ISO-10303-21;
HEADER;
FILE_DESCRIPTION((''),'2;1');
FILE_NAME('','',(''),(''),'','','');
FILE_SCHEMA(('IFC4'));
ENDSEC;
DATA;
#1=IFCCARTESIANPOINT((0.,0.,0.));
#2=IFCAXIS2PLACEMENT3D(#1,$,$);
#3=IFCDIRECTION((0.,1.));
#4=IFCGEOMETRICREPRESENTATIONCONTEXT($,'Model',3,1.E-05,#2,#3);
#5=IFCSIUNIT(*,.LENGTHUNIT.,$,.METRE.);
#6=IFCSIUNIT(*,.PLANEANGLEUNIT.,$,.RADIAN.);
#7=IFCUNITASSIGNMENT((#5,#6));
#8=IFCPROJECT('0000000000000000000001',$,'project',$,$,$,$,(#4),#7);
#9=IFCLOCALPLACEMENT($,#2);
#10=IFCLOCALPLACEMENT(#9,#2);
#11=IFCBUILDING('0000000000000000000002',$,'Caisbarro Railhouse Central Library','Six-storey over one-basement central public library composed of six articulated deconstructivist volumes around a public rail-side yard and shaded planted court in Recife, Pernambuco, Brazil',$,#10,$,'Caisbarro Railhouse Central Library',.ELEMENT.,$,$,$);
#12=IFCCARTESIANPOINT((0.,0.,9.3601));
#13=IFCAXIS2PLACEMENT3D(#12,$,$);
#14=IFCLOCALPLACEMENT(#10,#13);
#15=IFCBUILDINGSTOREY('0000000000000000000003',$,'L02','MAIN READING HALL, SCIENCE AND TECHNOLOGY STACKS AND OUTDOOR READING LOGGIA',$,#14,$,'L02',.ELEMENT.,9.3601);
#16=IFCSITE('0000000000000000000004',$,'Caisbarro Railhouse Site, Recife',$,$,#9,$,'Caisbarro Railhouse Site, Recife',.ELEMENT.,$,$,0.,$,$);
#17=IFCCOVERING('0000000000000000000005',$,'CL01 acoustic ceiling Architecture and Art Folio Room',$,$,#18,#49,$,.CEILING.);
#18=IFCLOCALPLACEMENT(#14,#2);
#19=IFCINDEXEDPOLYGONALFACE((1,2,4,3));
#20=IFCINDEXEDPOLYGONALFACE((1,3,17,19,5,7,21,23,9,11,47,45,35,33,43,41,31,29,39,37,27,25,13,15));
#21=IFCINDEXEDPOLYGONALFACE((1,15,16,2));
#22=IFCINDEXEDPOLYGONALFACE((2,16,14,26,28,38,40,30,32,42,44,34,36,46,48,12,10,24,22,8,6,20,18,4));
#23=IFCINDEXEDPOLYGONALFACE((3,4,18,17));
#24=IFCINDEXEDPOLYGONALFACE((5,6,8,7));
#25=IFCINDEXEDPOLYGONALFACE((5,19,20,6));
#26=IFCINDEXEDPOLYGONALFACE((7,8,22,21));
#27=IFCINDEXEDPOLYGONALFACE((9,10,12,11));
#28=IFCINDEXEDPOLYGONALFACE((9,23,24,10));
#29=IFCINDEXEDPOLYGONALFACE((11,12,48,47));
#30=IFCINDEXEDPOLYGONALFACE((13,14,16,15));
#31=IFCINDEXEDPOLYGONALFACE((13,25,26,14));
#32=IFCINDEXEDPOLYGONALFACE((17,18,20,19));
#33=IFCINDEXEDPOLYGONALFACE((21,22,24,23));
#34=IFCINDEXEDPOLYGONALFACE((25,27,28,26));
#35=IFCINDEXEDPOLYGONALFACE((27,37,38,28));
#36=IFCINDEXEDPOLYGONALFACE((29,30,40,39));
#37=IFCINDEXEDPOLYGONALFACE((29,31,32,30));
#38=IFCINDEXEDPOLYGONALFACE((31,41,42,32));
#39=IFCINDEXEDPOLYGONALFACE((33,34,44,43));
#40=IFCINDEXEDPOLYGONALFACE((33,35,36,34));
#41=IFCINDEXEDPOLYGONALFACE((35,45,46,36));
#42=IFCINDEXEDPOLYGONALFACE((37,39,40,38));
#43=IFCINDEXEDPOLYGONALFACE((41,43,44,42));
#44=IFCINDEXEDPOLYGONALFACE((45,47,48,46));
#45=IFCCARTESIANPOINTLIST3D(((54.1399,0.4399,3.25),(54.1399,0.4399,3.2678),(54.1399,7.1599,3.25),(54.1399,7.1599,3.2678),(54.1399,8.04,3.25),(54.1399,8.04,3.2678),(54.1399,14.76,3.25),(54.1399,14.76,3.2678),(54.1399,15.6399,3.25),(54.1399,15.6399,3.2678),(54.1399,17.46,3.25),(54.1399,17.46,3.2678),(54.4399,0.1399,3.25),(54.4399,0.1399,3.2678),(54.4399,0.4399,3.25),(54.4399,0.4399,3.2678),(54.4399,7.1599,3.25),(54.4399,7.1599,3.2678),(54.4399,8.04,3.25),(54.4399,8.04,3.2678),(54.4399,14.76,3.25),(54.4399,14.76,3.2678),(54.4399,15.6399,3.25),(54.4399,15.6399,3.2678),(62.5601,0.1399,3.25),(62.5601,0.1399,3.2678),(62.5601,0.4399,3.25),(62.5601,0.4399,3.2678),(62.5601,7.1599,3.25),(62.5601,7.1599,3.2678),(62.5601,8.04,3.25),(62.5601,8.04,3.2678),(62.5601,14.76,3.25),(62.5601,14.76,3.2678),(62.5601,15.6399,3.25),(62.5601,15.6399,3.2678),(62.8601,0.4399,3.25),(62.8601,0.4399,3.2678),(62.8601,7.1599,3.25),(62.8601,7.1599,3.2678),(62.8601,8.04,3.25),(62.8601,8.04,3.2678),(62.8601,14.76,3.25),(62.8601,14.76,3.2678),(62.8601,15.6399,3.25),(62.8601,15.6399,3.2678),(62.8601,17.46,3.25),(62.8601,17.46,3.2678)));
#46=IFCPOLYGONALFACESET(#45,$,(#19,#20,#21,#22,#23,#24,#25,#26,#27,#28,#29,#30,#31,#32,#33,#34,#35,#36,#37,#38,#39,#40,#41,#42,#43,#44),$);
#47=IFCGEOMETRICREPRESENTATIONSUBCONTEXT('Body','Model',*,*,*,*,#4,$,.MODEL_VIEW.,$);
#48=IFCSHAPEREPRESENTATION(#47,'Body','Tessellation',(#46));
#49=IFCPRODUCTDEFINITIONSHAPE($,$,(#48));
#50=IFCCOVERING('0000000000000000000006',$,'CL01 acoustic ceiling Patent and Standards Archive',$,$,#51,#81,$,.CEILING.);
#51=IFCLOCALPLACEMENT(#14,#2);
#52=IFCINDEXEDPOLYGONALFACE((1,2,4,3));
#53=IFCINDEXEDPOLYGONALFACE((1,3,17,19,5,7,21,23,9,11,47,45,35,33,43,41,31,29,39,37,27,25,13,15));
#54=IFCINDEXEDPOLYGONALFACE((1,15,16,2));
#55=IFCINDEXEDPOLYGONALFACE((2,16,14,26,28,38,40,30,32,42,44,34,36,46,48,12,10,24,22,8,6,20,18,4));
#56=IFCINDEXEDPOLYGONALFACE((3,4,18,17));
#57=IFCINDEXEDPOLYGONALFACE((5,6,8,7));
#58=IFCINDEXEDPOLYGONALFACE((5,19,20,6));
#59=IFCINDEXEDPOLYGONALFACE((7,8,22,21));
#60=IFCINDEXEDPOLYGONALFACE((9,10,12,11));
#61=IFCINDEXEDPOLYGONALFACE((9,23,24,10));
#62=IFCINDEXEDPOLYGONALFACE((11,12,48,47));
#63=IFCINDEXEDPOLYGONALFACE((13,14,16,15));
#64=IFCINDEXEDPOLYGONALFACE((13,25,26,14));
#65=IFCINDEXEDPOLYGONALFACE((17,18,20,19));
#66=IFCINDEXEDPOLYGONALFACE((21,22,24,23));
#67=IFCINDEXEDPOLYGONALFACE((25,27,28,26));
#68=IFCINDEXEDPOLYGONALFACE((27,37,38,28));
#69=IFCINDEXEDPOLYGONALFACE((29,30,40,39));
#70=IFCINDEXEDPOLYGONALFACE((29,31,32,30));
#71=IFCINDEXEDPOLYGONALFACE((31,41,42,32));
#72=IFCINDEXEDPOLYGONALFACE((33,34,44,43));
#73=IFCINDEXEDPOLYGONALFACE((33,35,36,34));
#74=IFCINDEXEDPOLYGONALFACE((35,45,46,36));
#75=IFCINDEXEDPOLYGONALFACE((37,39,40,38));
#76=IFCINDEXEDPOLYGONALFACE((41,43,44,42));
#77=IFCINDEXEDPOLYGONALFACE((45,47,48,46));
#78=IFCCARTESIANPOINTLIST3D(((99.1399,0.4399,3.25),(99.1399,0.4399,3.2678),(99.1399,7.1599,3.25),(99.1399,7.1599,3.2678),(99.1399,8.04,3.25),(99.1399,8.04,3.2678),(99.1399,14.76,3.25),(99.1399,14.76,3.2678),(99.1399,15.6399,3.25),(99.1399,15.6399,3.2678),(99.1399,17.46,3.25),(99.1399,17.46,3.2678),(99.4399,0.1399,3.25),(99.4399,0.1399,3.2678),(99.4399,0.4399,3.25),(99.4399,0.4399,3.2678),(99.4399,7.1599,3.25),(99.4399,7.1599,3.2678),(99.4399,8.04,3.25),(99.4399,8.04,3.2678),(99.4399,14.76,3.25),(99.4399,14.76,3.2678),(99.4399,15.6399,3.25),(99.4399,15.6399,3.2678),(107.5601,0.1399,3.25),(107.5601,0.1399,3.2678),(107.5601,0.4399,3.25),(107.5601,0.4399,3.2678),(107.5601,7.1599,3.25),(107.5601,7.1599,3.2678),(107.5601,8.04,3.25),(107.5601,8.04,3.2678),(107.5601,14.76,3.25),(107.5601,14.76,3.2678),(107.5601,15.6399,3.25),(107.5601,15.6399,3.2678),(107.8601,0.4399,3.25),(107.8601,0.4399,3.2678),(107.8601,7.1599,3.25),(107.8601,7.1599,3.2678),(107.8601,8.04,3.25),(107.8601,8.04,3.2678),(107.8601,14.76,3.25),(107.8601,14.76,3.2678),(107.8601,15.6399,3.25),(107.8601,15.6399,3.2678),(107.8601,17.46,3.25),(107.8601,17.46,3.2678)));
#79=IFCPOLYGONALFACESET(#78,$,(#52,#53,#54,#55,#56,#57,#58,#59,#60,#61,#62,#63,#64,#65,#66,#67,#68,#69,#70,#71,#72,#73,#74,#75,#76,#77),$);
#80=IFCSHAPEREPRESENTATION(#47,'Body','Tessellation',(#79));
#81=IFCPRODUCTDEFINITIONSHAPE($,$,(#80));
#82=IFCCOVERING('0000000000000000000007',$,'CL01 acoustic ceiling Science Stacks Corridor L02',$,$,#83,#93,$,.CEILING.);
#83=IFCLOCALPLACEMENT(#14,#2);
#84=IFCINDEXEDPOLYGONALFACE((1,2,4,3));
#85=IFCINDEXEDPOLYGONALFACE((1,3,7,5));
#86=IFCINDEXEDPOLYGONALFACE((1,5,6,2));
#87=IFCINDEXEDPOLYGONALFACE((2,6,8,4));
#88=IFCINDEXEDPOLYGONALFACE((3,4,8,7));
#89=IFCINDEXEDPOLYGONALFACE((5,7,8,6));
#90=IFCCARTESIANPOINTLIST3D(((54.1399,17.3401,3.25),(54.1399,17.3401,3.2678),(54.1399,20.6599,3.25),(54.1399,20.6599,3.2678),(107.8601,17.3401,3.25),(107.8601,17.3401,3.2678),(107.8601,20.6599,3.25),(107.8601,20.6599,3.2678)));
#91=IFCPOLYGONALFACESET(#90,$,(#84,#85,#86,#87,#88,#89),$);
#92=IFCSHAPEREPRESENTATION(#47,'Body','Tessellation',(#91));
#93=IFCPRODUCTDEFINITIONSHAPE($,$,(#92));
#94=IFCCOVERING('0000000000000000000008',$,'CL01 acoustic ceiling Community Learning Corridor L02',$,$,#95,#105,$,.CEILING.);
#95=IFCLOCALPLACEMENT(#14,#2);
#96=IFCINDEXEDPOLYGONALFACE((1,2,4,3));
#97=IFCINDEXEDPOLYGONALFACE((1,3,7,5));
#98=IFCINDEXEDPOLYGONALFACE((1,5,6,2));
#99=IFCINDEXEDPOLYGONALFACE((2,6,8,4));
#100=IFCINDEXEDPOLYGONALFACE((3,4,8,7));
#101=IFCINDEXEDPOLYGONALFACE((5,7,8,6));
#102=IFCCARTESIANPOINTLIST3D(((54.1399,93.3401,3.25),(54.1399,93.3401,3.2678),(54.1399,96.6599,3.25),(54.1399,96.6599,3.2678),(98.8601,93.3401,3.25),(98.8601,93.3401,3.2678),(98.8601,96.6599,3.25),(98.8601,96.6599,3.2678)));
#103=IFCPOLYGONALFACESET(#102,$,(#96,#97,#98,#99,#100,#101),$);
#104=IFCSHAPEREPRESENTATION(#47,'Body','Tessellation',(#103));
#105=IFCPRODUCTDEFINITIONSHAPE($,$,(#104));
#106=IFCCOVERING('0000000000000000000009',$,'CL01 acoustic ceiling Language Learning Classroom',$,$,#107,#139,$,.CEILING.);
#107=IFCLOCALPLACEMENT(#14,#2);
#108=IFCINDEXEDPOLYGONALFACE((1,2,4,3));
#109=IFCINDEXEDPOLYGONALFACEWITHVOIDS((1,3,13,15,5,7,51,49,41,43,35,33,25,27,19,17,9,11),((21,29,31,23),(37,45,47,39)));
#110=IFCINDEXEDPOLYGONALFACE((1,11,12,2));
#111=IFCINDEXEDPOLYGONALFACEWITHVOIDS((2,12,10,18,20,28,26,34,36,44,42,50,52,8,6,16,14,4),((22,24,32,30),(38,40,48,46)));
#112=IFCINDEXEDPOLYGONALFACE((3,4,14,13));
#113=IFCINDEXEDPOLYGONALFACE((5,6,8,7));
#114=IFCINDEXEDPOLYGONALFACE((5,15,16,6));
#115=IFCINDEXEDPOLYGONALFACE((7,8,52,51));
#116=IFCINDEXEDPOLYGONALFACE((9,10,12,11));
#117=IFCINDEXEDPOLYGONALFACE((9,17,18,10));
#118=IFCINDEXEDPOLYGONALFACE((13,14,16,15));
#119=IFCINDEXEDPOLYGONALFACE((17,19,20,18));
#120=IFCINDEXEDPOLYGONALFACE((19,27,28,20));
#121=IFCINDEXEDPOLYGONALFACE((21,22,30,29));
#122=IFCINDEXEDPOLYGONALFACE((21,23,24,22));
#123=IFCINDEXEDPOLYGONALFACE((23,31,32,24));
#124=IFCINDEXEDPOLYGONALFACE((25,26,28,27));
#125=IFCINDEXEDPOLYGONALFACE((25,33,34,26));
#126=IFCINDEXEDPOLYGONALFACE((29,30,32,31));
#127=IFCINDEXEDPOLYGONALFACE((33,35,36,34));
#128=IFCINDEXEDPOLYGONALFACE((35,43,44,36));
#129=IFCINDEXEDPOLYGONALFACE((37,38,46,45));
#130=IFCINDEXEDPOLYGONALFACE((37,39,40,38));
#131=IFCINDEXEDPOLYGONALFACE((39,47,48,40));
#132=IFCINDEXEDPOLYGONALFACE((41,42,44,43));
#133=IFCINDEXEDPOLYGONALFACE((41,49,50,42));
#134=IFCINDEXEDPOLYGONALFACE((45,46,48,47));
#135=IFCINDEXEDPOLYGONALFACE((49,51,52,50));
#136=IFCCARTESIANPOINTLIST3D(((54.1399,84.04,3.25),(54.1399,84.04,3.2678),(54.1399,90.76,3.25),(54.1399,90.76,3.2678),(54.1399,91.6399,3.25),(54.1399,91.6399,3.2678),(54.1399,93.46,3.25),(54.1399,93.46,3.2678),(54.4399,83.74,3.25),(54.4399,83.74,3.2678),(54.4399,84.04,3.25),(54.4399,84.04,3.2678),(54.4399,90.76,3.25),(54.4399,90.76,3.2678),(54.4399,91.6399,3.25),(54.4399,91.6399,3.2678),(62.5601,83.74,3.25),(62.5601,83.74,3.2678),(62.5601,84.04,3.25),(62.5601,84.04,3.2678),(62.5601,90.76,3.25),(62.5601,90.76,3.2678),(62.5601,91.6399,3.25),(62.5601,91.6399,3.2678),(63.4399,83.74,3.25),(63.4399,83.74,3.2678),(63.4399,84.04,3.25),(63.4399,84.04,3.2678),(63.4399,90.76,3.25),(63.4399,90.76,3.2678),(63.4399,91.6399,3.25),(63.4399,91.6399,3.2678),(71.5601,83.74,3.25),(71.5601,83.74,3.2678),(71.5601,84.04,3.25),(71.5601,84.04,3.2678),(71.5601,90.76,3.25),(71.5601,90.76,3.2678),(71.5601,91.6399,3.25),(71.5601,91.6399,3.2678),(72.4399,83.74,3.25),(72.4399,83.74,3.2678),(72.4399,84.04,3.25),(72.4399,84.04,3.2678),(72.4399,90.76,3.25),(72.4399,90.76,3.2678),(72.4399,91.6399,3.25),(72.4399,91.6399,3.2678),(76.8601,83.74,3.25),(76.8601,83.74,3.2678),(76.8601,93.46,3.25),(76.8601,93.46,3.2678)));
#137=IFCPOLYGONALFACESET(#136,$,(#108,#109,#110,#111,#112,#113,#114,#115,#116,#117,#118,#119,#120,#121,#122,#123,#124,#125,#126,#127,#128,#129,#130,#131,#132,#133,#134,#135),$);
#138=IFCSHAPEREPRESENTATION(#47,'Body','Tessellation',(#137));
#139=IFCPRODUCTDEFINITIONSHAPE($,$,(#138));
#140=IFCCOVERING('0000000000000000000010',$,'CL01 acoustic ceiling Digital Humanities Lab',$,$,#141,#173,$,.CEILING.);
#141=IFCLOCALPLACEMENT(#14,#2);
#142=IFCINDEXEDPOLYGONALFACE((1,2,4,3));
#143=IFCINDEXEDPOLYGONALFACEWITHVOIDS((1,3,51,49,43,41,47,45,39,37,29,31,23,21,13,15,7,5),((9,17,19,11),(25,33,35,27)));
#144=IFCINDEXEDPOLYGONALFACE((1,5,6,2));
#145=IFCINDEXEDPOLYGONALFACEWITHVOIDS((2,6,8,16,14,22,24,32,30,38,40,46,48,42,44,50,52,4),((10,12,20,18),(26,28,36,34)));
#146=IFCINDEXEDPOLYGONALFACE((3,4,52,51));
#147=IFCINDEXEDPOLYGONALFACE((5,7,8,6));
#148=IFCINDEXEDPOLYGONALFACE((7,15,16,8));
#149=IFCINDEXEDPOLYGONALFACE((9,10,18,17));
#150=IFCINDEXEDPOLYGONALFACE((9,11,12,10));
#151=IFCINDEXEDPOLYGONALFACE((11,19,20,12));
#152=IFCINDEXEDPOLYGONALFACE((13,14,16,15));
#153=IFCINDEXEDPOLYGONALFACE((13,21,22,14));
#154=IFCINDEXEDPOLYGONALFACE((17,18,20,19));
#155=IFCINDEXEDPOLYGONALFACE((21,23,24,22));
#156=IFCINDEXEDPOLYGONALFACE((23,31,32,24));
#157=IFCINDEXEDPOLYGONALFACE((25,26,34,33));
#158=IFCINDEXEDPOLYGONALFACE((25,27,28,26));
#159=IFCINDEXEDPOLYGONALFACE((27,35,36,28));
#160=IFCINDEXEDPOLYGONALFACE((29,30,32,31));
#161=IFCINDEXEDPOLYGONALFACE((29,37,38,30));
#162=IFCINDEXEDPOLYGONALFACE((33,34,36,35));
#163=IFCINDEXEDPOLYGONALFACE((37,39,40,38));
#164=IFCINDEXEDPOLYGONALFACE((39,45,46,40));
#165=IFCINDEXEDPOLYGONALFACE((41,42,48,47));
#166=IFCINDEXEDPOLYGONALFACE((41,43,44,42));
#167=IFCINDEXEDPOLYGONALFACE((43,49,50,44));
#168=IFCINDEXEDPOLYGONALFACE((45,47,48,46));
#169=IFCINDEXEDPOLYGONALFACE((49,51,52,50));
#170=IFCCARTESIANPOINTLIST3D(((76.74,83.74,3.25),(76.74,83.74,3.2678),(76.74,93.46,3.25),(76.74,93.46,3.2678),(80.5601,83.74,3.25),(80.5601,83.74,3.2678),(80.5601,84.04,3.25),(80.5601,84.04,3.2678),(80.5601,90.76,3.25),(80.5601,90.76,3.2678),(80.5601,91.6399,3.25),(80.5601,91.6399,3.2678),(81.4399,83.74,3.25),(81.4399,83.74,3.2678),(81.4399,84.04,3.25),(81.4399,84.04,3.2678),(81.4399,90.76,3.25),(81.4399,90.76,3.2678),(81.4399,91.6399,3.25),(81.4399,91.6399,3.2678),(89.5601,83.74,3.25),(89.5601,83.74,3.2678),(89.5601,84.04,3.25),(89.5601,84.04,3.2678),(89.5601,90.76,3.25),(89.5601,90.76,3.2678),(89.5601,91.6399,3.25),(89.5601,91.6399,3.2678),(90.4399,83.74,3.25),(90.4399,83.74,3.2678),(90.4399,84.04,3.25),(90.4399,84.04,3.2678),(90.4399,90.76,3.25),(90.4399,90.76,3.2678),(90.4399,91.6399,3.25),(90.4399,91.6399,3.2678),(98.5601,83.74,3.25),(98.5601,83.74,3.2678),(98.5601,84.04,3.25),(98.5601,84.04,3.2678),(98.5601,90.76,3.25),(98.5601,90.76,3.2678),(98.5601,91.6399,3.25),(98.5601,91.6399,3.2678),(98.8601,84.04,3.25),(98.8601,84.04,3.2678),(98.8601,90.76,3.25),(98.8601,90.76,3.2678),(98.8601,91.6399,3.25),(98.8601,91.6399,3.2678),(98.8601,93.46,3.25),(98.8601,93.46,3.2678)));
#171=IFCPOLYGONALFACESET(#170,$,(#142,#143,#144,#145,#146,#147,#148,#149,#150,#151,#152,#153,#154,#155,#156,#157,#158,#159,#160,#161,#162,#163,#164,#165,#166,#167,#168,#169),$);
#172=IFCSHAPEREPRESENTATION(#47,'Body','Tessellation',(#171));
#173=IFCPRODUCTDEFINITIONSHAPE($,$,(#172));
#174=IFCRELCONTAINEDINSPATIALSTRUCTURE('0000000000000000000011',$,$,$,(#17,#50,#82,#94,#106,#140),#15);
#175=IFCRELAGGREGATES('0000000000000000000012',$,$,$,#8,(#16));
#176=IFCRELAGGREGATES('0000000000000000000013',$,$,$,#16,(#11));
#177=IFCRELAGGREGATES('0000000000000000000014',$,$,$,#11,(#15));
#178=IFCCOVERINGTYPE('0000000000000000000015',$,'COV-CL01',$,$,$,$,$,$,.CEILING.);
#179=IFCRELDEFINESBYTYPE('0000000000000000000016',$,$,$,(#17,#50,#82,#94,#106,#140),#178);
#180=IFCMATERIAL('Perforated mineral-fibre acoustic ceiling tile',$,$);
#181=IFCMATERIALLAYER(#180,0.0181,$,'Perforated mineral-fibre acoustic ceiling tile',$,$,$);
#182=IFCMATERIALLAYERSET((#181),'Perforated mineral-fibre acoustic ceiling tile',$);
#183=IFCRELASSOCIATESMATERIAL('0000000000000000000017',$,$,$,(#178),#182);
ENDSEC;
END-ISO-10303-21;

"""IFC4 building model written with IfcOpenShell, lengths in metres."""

from ifc_helpers import new_model, si_unit, direction, frame, origin, place, context, subcontext, project, spatial, polyline, outline, extrude, material, layer, layer_set, type_object, element, save


model = new_model("IFC4")

# Units and contexts
model_context = context("Model", 3, precision=1e-05, world=origin(), true_north=direction((0.0, 1.0)))
body_context = subcontext(model_context, "Body", "Model", "MODEL_VIEW")
ifc_project = project(units=[si_unit("LENGTHUNIT", "METRE"), si_unit("PLANEANGLEUNIT", "RADIAN")], contexts=[model_context])

# Site, building, storey
site_placement = place(None, origin())
site = spatial("IfcSite", under=ifc_project, at=site_placement, Name="Caisbarro Railhouse Site, Recife", LongName="Caisbarro Railhouse Site, Recife", CompositionType="ELEMENT", RefElevation=0.0)
building_placement = place(site_placement, origin())
building = spatial("IfcBuilding", under=site, at=building_placement, Name="Caisbarro Railhouse Central Library", Description="Six-storey over one-basement central public library composed of six articulated deconstructivist volumes around a public rail-side yard and shaded planted court in Recife, Pernambuco, Brazil", LongName="Caisbarro Railhouse Central Library", CompositionType="ELEMENT")
storey_placement = place(building_placement, frame((0.0, 0.0, 9.3601)))
storey = spatial("IfcBuildingStorey", under=building, at=storey_placement, Name="L02", Description="MAIN READING HALL, SCIENCE AND TECHNOLOGY STACKS AND OUTDOOR READING LOGGIA", LongName="L02", CompositionType="ELEMENT", Elevation=9.3601)

# Coverings
ifc_material_1 = material(Name="Perforated mineral-fibre acoustic ceiling tile")
ifc_layer_1 = layer(ifc_material_1, 0.0181, Name="Perforated mineral-fibre acoustic ceiling tile")
ifc_layer_set_1 = layer_set([ifc_layer_1], Name="Perforated mineral-fibre acoustic ceiling tile")
covering_type_1 = type_object("IfcCoveringType", Name="COV-CL01", PredefinedType="CEILING", material=ifc_layer_set_1)
covering_1_placement = place(storey_placement, frame((0.0, 0.0, 3.25)))
element("IfcCovering", 1, at=covering_1_placement, inside=storey, type_object=covering_type_1, Name="CL01 acoustic ceiling Architecture and Art Folio Room", PredefinedType="CEILING", context=body_context, shape_type="SweptSolid", body=[
    extrude(outline(polyline([(54.1399, 0.4399), (54.1399, 7.1599), (54.4399, 7.1599), (54.4399, 8.04), (54.1399, 8.04), (54.1399, 14.76), (54.4399, 14.76), (54.4399, 15.6399), (54.1399, 15.6399), (54.1399, 17.46), (62.8601, 17.46), (62.8601, 15.6399), (62.5601, 15.6399), (62.5601, 14.76), (62.8601, 14.76), (62.8601, 8.04), (62.5601, 8.04), (62.5601, 7.1599), (62.8601, 7.1599), (62.8601, 0.4399), (62.5601, 0.4399), (62.5601, 0.1399), (54.4399, 0.1399), (54.4399, 0.4399), (54.1399, 0.4399)])), origin(), (0.0, 0.0, 1.0), 0.0178),
])
covering_2_placement = place(storey_placement, frame((0.0, 0.0, 3.25)))
element("IfcCovering", 2, at=covering_2_placement, inside=storey, type_object=covering_type_1, Name="CL01 acoustic ceiling Patent and Standards Archive", PredefinedType="CEILING", context=body_context, shape_type="SweptSolid", body=[
    extrude(outline(polyline([(99.1399, 0.4399), (99.1399, 7.1599), (99.4399, 7.1599), (99.4399, 8.04), (99.1399, 8.04), (99.1399, 14.76), (99.4399, 14.76), (99.4399, 15.6399), (99.1399, 15.6399), (99.1399, 17.46), (107.8601, 17.46), (107.8601, 15.6399), (107.5601, 15.6399), (107.5601, 14.76), (107.8601, 14.76), (107.8601, 8.04), (107.5601, 8.04), (107.5601, 7.1599), (107.8601, 7.1599), (107.8601, 0.4399), (107.5601, 0.4399), (107.5601, 0.1399), (99.4399, 0.1399), (99.4399, 0.4399), (99.1399, 0.4399)])), origin(), (0.0, 0.0, 1.0), 0.0178),
])
covering_3_placement = place(storey_placement, frame((0.0, 0.0, 3.25)))
element("IfcCovering", 3, at=covering_3_placement, inside=storey, type_object=covering_type_1, Name="CL01 acoustic ceiling Science Stacks Corridor L02", PredefinedType="CEILING", context=body_context, shape_type="SweptSolid", body=[
    extrude(outline(polyline([(54.1399, 17.3401), (54.1399, 20.6599), (107.8601, 20.6599), (107.8601, 17.3401), (54.1399, 17.3401)])), origin(), (0.0, 0.0, 1.0), 0.0178),
])
covering_4_placement = place(storey_placement, frame((0.0, 0.0, 3.25)))
element("IfcCovering", 4, at=covering_4_placement, inside=storey, type_object=covering_type_1, Name="CL01 acoustic ceiling Community Learning Corridor L02", PredefinedType="CEILING", context=body_context, shape_type="SweptSolid", body=[
    extrude(outline(polyline([(54.1399, 93.3401), (54.1399, 96.6599), (98.8601, 96.6599), (98.8601, 93.3401), (54.1399, 93.3401)])), origin(), (0.0, 0.0, 1.0), 0.0178),
])
covering_5_placement = place(storey_placement, frame((0.0, 0.0, 3.25)))
element("IfcCovering", 5, at=covering_5_placement, inside=storey, type_object=covering_type_1, Name="CL01 acoustic ceiling Language Learning Classroom", PredefinedType="CEILING", context=body_context, shape_type="SweptSolid", body=[
    extrude(outline(polyline([(62.5601, 84.04), (62.5601, 83.74), (54.4399, 83.74), (54.4399, 84.04), (54.1399, 84.04), (54.1399, 90.76), (54.4399, 90.76), (54.4399, 91.6399), (54.1399, 91.6399), (54.1399, 93.46), (76.8601, 93.46), (76.8601, 83.74), (72.4399, 83.74), (72.4399, 84.04), (71.5601, 84.04), (71.5601, 83.74), (63.4399, 83.74), (63.4399, 84.04), (62.5601, 84.04)]), holes=[polyline([(62.5601, 90.76), (63.4399, 90.76), (63.4399, 91.6399), (62.5601, 91.6399), (62.5601, 90.76)]), polyline([(72.4399, 91.6399), (71.5601, 91.6399), (71.5601, 90.76), (72.4399, 90.76), (72.4399, 91.6399)])]), origin(), (0.0, 0.0, 1.0), 0.0178),
])
covering_6_placement = place(storey_placement, frame((0.0, 0.0, 3.25)))
element("IfcCovering", 6, at=covering_6_placement, inside=storey, type_object=covering_type_1, Name="CL01 acoustic ceiling Digital Humanities Lab", PredefinedType="CEILING", context=body_context, shape_type="SweptSolid", body=[
    extrude(outline(polyline([(89.5601, 84.04), (89.5601, 83.74), (81.4399, 83.74), (81.4399, 84.04), (80.5601, 84.04), (80.5601, 83.74), (76.74, 83.74), (76.74, 93.46), (98.8601, 93.46), (98.8601, 91.6399), (98.5601, 91.6399), (98.5601, 90.76), (98.8601, 90.76), (98.8601, 84.04), (98.5601, 84.04), (98.5601, 83.74), (90.4399, 83.74), (90.4399, 84.04), (89.5601, 84.04)]), holes=[polyline([(81.4399, 91.6399), (80.5601, 91.6399), (80.5601, 90.76), (81.4399, 90.76), (81.4399, 91.6399)]), polyline([(89.5601, 90.76), (90.4399, 90.76), (90.4399, 91.6399), (89.5601, 91.6399), (89.5601, 90.76)])]), origin(), (0.0, 0.0, 1.0), 0.0178),
])

save(model, "model.ifc")
